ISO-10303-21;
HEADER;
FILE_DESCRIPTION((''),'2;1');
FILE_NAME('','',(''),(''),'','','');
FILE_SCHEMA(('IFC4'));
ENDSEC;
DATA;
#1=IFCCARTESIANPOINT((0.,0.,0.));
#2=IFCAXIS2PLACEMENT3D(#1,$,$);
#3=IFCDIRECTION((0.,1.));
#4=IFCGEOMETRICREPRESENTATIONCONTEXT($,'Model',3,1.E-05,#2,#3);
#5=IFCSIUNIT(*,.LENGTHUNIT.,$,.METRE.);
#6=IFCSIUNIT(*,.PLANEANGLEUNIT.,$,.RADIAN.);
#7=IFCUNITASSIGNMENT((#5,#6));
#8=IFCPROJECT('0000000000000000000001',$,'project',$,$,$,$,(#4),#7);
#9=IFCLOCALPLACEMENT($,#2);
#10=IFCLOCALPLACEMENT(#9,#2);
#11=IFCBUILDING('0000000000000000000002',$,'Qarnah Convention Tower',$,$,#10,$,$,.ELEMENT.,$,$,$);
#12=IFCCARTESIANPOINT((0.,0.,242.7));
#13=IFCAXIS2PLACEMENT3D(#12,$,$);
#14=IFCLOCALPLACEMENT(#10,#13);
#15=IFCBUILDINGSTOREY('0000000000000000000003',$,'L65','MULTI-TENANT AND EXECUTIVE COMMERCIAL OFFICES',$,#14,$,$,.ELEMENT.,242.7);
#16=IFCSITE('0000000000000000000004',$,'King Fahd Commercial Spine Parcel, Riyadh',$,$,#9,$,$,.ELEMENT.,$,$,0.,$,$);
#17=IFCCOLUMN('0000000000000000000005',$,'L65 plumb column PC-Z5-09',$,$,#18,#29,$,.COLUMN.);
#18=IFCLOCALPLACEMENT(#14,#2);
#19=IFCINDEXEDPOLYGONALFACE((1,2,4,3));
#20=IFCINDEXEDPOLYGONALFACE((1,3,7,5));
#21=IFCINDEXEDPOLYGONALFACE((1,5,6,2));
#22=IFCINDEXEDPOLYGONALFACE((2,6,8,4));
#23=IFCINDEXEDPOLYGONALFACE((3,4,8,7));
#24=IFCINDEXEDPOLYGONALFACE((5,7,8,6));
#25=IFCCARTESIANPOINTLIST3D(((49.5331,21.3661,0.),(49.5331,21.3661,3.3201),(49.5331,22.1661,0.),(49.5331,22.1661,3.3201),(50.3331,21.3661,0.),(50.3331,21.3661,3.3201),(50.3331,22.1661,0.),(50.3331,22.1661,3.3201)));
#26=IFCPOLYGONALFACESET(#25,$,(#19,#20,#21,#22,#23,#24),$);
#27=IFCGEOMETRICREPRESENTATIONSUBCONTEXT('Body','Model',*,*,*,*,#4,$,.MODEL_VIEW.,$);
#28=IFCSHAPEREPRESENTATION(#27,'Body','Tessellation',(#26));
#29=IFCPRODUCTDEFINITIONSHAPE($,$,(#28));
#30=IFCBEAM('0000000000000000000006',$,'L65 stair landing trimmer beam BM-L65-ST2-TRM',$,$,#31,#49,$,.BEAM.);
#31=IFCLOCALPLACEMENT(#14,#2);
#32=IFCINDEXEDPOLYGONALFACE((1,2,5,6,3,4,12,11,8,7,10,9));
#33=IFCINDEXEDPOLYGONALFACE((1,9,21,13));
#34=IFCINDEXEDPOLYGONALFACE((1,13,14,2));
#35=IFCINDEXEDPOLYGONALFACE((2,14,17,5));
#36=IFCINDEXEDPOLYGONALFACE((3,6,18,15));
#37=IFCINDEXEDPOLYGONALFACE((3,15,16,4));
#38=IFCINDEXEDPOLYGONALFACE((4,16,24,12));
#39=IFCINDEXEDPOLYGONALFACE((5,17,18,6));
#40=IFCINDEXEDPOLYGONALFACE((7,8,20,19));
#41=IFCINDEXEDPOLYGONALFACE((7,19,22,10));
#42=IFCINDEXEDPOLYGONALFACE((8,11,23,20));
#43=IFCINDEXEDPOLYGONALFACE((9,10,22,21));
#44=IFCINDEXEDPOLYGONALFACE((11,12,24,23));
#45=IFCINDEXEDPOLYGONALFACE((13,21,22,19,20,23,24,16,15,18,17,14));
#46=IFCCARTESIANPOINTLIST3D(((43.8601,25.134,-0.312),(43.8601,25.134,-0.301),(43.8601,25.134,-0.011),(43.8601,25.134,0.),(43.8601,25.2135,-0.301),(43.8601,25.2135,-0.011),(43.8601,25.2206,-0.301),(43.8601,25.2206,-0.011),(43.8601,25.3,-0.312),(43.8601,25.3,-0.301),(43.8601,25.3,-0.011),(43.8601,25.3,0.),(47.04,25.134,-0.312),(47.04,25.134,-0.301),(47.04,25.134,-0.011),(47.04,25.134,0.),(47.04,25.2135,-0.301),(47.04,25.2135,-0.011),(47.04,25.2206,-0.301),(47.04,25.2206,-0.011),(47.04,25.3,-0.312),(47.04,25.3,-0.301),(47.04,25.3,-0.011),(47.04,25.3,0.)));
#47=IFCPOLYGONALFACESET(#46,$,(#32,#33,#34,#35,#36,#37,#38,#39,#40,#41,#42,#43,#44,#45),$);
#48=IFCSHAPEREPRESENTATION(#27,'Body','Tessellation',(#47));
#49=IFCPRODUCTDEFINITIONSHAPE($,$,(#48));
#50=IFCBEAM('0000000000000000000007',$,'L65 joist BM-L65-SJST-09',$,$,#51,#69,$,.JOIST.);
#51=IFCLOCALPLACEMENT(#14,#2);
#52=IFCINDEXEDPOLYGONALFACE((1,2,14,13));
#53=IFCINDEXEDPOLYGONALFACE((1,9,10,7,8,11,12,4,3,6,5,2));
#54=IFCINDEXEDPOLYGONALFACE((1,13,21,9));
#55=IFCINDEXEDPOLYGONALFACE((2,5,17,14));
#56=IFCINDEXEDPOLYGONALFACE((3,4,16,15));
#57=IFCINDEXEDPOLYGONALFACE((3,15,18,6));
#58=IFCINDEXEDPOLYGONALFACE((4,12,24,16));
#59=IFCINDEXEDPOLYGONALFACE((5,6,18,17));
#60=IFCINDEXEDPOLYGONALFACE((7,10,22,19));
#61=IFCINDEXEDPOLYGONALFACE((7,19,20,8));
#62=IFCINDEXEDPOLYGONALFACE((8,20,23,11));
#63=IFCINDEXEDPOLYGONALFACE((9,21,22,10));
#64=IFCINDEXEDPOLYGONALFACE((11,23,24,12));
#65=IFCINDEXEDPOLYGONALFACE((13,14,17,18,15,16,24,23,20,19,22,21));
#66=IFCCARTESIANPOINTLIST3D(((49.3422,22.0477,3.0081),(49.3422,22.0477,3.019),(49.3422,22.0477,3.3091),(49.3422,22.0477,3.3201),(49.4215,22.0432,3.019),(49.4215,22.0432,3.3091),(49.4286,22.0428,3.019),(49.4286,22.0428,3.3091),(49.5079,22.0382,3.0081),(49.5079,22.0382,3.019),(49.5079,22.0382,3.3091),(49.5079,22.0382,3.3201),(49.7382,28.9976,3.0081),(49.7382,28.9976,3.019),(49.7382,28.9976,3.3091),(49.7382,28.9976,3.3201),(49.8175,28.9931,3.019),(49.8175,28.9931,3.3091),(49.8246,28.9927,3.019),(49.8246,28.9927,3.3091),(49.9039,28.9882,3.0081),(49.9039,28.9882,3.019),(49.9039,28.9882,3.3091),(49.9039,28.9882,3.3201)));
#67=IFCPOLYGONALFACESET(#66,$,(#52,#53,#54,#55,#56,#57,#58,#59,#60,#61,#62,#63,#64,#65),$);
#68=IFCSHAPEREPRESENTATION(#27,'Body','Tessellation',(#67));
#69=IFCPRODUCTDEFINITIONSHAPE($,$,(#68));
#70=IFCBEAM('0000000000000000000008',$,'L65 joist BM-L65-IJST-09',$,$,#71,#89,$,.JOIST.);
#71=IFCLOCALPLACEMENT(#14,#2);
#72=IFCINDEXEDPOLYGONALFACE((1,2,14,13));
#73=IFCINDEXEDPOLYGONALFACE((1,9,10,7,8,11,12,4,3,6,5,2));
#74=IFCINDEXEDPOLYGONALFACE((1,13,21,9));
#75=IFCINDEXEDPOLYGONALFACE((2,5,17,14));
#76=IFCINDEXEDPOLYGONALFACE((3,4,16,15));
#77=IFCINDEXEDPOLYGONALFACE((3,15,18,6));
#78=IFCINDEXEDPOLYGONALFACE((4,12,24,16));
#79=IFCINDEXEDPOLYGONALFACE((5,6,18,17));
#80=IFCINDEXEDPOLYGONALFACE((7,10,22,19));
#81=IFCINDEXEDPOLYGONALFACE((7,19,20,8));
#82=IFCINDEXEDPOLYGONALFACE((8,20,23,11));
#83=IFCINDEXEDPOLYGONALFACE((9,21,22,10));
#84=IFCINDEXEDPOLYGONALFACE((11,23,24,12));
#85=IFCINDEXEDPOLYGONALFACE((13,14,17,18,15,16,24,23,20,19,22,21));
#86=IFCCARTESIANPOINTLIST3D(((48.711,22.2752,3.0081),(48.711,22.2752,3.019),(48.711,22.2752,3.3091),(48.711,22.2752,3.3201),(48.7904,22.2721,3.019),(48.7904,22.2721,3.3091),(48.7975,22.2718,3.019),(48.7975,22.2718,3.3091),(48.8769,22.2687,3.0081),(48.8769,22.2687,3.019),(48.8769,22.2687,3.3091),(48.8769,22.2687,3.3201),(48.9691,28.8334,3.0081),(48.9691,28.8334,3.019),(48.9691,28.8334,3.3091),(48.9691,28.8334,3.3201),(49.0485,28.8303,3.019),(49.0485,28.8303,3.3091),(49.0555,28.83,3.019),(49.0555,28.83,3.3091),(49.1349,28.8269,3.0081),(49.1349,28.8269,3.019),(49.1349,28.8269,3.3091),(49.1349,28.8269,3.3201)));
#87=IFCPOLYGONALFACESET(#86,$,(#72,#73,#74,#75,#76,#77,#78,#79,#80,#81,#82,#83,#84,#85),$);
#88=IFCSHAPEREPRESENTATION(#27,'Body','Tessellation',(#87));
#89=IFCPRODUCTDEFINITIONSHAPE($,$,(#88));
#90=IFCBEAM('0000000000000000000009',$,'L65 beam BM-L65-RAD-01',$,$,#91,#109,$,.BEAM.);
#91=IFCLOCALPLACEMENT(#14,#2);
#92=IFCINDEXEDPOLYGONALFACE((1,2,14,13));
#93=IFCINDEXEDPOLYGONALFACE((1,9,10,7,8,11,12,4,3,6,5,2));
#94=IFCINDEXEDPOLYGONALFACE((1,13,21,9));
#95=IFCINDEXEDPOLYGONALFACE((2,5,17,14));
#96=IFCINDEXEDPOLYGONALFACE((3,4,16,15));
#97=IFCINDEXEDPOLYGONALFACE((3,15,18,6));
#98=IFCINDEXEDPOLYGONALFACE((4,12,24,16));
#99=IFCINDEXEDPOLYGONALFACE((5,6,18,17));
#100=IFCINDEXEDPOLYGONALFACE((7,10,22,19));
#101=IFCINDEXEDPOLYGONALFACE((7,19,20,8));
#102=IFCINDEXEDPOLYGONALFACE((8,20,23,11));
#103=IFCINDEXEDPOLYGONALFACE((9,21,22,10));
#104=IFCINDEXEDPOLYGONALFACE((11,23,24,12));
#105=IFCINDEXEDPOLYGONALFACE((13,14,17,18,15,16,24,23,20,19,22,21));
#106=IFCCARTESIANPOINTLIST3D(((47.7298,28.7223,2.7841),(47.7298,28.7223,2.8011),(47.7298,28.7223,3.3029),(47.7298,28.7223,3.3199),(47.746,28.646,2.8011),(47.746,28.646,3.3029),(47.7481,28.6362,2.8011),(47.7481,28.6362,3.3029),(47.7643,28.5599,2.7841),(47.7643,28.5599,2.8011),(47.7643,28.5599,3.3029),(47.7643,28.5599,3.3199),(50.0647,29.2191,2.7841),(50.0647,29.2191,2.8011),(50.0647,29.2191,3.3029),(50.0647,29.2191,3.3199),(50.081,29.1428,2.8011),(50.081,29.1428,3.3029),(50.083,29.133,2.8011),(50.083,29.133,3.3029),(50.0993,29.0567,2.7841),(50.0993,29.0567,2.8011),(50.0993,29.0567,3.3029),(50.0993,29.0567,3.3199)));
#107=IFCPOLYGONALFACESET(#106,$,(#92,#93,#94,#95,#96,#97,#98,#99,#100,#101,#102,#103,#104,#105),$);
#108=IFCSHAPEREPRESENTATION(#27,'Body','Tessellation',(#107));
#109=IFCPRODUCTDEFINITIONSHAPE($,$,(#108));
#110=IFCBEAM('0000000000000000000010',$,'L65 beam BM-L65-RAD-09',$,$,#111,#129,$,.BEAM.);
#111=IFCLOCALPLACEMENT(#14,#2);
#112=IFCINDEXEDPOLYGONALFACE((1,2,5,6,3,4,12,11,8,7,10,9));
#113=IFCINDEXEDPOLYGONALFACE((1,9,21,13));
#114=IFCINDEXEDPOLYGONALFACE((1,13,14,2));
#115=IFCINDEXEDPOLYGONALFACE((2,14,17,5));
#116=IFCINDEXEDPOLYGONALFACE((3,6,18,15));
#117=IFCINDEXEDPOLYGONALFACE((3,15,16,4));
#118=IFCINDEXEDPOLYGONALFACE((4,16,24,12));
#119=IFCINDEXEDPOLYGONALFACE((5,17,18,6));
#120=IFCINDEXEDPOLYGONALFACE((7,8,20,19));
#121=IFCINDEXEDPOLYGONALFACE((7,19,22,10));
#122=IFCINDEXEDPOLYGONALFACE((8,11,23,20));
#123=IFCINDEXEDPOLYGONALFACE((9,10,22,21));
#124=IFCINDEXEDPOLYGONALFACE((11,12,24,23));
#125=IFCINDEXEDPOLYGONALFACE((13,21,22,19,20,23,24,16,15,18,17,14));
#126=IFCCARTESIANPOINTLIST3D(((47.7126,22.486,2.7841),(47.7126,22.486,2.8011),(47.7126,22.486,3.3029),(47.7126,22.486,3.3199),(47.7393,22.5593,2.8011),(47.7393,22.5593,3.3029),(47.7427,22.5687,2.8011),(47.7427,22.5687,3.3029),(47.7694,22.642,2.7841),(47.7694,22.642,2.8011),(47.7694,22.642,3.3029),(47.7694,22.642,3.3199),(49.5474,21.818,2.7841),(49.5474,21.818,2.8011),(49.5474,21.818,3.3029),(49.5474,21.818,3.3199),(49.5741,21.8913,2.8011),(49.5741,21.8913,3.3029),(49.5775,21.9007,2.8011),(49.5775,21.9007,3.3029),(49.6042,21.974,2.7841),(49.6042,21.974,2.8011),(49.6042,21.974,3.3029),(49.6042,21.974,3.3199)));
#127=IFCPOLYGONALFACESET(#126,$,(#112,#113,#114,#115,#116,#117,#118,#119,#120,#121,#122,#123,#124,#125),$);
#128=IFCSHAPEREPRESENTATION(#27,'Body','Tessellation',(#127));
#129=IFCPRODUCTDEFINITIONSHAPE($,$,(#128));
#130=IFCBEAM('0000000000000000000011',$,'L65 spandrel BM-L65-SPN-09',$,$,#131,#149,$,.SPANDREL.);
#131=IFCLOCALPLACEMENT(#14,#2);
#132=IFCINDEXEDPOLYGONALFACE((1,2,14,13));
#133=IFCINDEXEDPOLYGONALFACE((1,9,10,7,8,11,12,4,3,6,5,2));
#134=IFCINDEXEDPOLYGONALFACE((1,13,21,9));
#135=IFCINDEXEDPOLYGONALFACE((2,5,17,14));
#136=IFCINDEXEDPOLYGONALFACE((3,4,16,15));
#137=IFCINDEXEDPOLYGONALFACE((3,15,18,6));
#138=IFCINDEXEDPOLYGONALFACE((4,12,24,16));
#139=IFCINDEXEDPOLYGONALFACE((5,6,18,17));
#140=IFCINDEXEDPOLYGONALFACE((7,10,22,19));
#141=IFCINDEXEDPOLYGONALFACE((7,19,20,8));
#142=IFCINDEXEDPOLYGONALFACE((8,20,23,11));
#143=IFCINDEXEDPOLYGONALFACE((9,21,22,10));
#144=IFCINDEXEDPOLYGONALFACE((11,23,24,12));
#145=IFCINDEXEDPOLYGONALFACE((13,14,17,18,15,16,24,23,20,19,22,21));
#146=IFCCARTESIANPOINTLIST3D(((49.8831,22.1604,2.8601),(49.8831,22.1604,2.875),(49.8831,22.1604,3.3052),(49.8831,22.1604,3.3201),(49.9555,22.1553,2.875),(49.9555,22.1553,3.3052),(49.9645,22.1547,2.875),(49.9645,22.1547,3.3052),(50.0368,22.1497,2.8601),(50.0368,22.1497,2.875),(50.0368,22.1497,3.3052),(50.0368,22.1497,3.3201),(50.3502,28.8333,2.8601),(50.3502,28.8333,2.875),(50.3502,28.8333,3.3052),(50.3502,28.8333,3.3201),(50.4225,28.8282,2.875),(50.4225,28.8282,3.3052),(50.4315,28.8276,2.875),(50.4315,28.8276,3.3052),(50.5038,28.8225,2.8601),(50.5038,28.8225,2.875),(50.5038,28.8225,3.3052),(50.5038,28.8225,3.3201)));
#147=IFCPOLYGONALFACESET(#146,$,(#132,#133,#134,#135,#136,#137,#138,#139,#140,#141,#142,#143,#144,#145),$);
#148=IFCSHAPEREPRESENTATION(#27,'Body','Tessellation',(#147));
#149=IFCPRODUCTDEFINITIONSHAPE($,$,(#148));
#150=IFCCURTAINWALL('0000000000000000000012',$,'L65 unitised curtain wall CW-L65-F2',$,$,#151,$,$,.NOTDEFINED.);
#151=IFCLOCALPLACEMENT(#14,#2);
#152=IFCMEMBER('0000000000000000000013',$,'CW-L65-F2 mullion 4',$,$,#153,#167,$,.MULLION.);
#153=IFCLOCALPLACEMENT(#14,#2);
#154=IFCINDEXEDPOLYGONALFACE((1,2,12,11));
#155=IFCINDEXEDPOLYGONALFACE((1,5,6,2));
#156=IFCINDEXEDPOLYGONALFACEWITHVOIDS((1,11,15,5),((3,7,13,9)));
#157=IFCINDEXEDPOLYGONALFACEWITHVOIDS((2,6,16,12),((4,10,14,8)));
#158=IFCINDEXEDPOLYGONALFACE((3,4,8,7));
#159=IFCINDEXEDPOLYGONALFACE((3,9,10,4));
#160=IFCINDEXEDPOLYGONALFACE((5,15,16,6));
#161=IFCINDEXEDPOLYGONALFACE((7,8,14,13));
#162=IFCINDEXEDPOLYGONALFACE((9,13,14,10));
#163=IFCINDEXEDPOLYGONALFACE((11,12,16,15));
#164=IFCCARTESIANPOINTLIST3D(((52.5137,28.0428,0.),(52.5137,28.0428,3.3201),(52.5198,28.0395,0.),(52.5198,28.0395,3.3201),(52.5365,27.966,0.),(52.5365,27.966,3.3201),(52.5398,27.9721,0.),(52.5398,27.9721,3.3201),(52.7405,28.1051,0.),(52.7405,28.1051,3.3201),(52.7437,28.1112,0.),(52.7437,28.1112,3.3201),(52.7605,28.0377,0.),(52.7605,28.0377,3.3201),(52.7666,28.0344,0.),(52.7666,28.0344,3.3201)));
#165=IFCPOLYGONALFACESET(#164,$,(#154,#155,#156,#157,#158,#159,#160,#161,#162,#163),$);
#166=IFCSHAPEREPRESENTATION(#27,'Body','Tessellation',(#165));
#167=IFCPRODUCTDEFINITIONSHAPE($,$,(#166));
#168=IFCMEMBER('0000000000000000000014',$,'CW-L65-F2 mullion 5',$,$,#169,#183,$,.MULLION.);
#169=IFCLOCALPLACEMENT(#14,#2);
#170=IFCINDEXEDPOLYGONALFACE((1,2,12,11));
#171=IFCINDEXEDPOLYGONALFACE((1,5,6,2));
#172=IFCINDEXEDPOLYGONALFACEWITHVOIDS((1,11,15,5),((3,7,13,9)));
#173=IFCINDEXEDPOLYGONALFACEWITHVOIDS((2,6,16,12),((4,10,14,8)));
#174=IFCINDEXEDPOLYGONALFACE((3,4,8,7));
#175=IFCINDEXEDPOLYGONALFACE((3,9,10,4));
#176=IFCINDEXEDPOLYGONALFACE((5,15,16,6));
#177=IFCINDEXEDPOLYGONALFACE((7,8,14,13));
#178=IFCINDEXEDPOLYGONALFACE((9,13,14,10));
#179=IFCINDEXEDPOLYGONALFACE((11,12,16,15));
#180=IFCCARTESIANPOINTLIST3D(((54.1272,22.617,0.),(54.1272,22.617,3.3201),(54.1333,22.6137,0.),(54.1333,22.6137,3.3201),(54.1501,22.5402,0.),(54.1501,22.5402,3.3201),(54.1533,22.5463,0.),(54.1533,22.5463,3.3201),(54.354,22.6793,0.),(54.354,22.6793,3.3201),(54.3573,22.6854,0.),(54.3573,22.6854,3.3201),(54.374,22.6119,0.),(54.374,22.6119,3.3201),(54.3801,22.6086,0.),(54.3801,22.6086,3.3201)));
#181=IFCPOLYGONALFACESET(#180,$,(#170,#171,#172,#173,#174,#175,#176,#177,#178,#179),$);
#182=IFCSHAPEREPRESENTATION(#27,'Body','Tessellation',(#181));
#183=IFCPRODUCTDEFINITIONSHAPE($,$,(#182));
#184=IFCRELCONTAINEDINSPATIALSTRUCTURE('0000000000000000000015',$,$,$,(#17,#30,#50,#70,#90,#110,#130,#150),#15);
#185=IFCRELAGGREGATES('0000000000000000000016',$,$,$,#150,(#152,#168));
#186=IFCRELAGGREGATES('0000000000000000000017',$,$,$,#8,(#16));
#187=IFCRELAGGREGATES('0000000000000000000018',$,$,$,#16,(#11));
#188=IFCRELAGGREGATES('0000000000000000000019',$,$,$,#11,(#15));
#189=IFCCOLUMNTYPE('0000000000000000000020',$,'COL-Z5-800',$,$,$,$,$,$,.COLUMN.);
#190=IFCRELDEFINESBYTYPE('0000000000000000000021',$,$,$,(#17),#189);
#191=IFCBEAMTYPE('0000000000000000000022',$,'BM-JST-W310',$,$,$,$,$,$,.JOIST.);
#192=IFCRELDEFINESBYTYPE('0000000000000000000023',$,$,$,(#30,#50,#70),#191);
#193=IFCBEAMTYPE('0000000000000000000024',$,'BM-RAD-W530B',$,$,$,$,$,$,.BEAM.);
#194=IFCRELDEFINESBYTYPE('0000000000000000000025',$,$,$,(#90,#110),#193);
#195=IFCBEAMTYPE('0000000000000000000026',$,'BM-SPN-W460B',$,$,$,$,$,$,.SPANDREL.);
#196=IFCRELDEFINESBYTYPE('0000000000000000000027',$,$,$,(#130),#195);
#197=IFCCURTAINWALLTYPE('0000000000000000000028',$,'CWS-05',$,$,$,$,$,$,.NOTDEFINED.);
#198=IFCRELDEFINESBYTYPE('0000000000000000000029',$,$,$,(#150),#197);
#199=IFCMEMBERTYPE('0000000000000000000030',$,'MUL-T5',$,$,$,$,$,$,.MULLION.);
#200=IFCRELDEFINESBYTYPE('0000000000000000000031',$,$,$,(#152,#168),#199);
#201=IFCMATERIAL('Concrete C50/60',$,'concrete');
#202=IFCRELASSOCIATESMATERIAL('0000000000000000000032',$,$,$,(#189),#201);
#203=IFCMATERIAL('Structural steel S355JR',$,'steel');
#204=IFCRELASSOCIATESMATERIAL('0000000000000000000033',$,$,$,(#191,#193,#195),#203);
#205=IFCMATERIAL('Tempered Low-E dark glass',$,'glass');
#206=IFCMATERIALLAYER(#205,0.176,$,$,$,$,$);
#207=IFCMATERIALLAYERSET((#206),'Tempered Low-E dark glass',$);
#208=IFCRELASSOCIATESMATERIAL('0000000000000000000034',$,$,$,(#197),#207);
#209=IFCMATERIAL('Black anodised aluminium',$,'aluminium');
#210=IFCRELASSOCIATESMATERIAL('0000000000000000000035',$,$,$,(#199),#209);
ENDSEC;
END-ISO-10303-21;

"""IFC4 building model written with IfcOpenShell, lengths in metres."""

from ifc_helpers import new_model, si_unit, direction, frame, origin, origin_2d, place, context, subcontext, project, spatial, rectangle, hollow_rectangle, i_section, extrude, material, layer, layer_set, material_profile, profile_set, type_object, element, aggregate, save


model = new_model("IFC4")

# Units and contexts
model_context = context("Model", 3, precision=1e-05, world=origin(), true_north=direction((0.0, 1.0)))
body_context = subcontext(model_context, "Body", "Model", "MODEL_VIEW")
ifc_project = project(units=[si_unit("LENGTHUNIT", "METRE"), si_unit("PLANEANGLEUNIT", "RADIAN")], contexts=[model_context])

# Site, building, storey
site_placement = place(None, origin())
site = spatial("IfcSite", under=ifc_project, at=site_placement, Name="King Fahd Commercial Spine Parcel, Riyadh", CompositionType="ELEMENT", RefElevation=0.0)
building_placement = place(site_placement, origin())
building = spatial("IfcBuilding", under=site, at=building_placement, Name="Qarnah Convention Tower", CompositionType="ELEMENT")
storey_placement = place(building_placement, frame((0.0, 0.0, 242.7)))
storey = spatial("IfcBuildingStorey", under=building, at=storey_placement, Name="L65", Description="MULTI-TENANT AND EXECUTIVE COMMERCIAL OFFICES", CompositionType="ELEMENT", Elevation=242.7)

# Column
ifc_material_1 = material(Name="Concrete C50/60", Category="concrete")
ifc_material_profile_1 = material_profile(ifc_material_1, rectangle(XDim=0.8, YDim=0.8, at=origin_2d()), Name="RC-COL-800X800")
ifc_profile_set_1 = profile_set([ifc_material_profile_1], Name="Concrete C50/60")
column_type = type_object("IfcColumnType", Name="COL-Z5-800", PredefinedType="COLUMN", material=ifc_profile_set_1)
column_placement = place(storey_placement, frame((49.9331, 21.7661, 0.0), z_axis=(0.0, 0.0, 1.0), x_axis=(1.0, 0.0, 0.0)))
element("IfcColumn", 1, at=column_placement, inside=storey, type_object=column_type, Name="L65 plumb column PC-Z5-09", PredefinedType="COLUMN", context=body_context, shape_type="SweptSolid", body=[
    extrude(rectangle(XDim=0.8, YDim=0.8, at=origin_2d()), origin(), (0.0, 0.0, 1.0), 3.3201),
])

# Beams
ifc_material_2 = material(Name="Structural steel S355JR", Category="steel")
ifc_material_profile_2 = material_profile(ifc_material_2, i_section(OverallWidth=0.166, OverallDepth=0.312, WebThickness=0.0071, FlangeThickness=0.011, at=origin_2d()), Name="W310X45")
ifc_profile_set_2 = profile_set([ifc_material_profile_2], Name="Structural steel S355JR")
beam_type_1 = type_object("IfcBeamType", Name="BM-JST-W310", PredefinedType="JOIST", material=ifc_profile_set_2)
beam_1_placement = place(storey_placement, frame((43.8601, 25.217, -0.156), z_axis=(1.0, 0.0, 0.0), x_axis=(0.0, 1.0, 0.0)))
element("IfcBeam", 2, at=beam_1_placement, inside=storey, type_object=beam_type_1, Name="L65 stair landing trimmer beam BM-L65-ST2-TRM", PredefinedType="BEAM", context=body_context, shape_type="SweptSolid", body=[
    extrude(i_section(OverallWidth=0.166, OverallDepth=0.312, WebThickness=0.0071, FlangeThickness=0.011, at=origin_2d()), origin(), (0.0, 0.0, 1.0), 3.1799),
])
beam_2_placement = place(storey_placement, frame((49.425, 22.043, 3.1641), z_axis=(0.056886, 0.998381, 0.0), x_axis=(-0.998381, 0.056886, 0.0)))
element("IfcBeam", 3, at=beam_2_placement, inside=storey, type_object=beam_type_1, Name="L65 joist BM-L65-SJST-09", PredefinedType="JOIST", context=body_context, shape_type="SweptSolid", body=[
    extrude(i_section(OverallWidth=0.166, OverallDepth=0.312, WebThickness=0.0071, FlangeThickness=0.011, at=origin_2d()), origin(), (0.0, 0.0, 1.0), 6.9612),
])
beam_3_placement = place(storey_placement, frame((48.7939, 22.272, 3.1641), z_axis=(0.039319, 0.999227, 0.0), x_axis=(-0.999227, 0.039319, 0.0)))
element("IfcBeam", 4, at=beam_3_placement, inside=storey, type_object=beam_type_1, Name="L65 joist BM-L65-IJST-09", PredefinedType="JOIST", context=body_context, shape_type="SweptSolid", body=[
    extrude(i_section(OverallWidth=0.166, OverallDepth=0.312, WebThickness=0.0071, FlangeThickness=0.011, at=origin_2d()), origin(), (0.0, 0.0, 1.0), 6.5632),
])
ifc_material_profile_3 = material_profile(ifc_material_2, i_section(OverallWidth=0.166, OverallDepth=0.5359, WebThickness=0.01, FlangeThickness=0.0171, at=origin_2d()), Name="W530X85")
ifc_profile_set_3 = profile_set([ifc_material_profile_3], Name="Structural steel S355JR")
beam_type_2 = type_object("IfcBeamType", Name="BM-RAD-W530B", PredefinedType="BEAM", material=ifc_profile_set_3)
beam_4_placement = place(storey_placement, frame((47.7471, 28.6411, 3.052), z_axis=(0.978104, 0.208118, 0.0), x_axis=(-0.208118, 0.978104, 0.0)))
element("IfcBeam", 5, at=beam_4_placement, inside=storey, type_object=beam_type_2, Name="L65 beam BM-L65-RAD-01", PredefinedType="BEAM", context=body_context, shape_type="SweptSolid", body=[
    extrude(i_section(OverallWidth=0.166, OverallDepth=0.5359, WebThickness=0.01, FlangeThickness=0.0171, at=origin_2d()), origin(), (0.0, 0.0, 1.0), 2.3872),
])
beam_5_placement = place(storey_placement, frame((47.741, 22.564, 3.052), z_axis=(0.939677, -0.342064, 0.0), x_axis=(0.342064, 0.939677, 0.0)))
element("IfcBeam", 6, at=beam_5_placement, inside=storey, type_object=beam_type_2, Name="L65 beam BM-L65-RAD-09", PredefinedType="BEAM", context=body_context, shape_type="SweptSolid", body=[
    extrude(i_section(OverallWidth=0.166, OverallDepth=0.5359, WebThickness=0.01, FlangeThickness=0.0171, at=origin_2d()), origin(), (0.0, 0.0, 1.0), 1.9526),
])
ifc_material_profile_4 = material_profile(ifc_material_2, i_section(OverallWidth=0.1541, OverallDepth=0.46, WebThickness=0.009, FlangeThickness=0.0149, at=origin_2d()), Name="W460X68")
ifc_profile_set_4 = profile_set([ifc_material_profile_4], Name="Structural steel S355JR")
beam_type_3 = type_object("IfcBeamType", Name="BM-SPN-W460B", PredefinedType="SPANDREL", material=ifc_profile_set_4)
beam_6_placement = place(storey_placement, frame((49.96, 22.155, 3.0901), z_axis=(0.06982, 0.99756, 0.0), x_axis=(-0.99756, 0.06982, 0.0)))
element("IfcBeam", 7, at=beam_6_placement, inside=storey, type_object=beam_type_3, Name="L65 spandrel BM-L65-SPN-09", PredefinedType="SPANDREL", context=body_context, shape_type="SweptSolid", body=[
    extrude(i_section(OverallWidth=0.1541, OverallDepth=0.46, WebThickness=0.009, FlangeThickness=0.0149, at=origin_2d()), origin(), (0.0, 0.0, 1.0), 6.6892),
])

# Curtain wall, members
ifc_material_3 = material(Name="Tempered Low-E dark glass", Category="glass")
ifc_layer_1 = layer(ifc_material_3, 0.176)
ifc_layer_set_1 = layer_set([ifc_layer_1], Name="Tempered Low-E dark glass")
curtain_wall_type = type_object("IfcCurtainWallType", Name="CWS-05", PredefinedType="NOTDEFINED", material=ifc_layer_set_1)
curtain_wall_placement = place(storey_placement, origin())
curtain_wall = element("IfcCurtainWall", 8, at=curtain_wall_placement, inside=storey, type_object=curtain_wall_type, Name="L65 unitised curtain wall CW-L65-F2", PredefinedType="NOTDEFINED")
ifc_material_4 = material(Name="Black anodised aluminium", Category="aluminium")
ifc_material_profile_5 = material_profile(ifc_material_4, hollow_rectangle(XDim=0.0801, YDim=0.24, WallThickness=0.0049, at=origin_2d()), Name="MUL-80X240")
ifc_profile_set_5 = profile_set([ifc_material_profile_5], Name="Black anodised aluminium")
member_type = type_object("IfcMemberType", Name="MUL-T5", PredefinedType="MULLION", material=ifc_profile_set_5)
member_1_placement = place(storey_placement, frame((52.6401, 28.0386, 0.0), z_axis=(0.0, 0.0, 1.0), x_axis=(0.285023, -0.958521, 0.0)))
member_1 = element("IfcMember", 9, at=member_1_placement, type_object=member_type, Name="CW-L65-F2 mullion 4", PredefinedType="MULLION", context=body_context, shape_type="SweptSolid", body=[
    extrude(hollow_rectangle(XDim=0.0801, YDim=0.24, WallThickness=0.0049, at=origin_2d()), origin(), (0.0, 0.0, 1.0), 3.3201),
])
member_2_placement = place(storey_placement, frame((54.2537, 22.6128, 0.0), z_axis=(0.0, 0.0, 1.0), x_axis=(0.285023, -0.958521, 0.0)))
member_2 = element("IfcMember", 10, at=member_2_placement, type_object=member_type, Name="CW-L65-F2 mullion 5", PredefinedType="MULLION", context=body_context, shape_type="SweptSolid", body=[
    extrude(hollow_rectangle(XDim=0.0801, YDim=0.24, WallThickness=0.0049, at=origin_2d()), origin(), (0.0, 0.0, 1.0), 3.3201),
])
aggregate(curtain_wall, [member_1, member_2])

save(model, "model.ifc")
